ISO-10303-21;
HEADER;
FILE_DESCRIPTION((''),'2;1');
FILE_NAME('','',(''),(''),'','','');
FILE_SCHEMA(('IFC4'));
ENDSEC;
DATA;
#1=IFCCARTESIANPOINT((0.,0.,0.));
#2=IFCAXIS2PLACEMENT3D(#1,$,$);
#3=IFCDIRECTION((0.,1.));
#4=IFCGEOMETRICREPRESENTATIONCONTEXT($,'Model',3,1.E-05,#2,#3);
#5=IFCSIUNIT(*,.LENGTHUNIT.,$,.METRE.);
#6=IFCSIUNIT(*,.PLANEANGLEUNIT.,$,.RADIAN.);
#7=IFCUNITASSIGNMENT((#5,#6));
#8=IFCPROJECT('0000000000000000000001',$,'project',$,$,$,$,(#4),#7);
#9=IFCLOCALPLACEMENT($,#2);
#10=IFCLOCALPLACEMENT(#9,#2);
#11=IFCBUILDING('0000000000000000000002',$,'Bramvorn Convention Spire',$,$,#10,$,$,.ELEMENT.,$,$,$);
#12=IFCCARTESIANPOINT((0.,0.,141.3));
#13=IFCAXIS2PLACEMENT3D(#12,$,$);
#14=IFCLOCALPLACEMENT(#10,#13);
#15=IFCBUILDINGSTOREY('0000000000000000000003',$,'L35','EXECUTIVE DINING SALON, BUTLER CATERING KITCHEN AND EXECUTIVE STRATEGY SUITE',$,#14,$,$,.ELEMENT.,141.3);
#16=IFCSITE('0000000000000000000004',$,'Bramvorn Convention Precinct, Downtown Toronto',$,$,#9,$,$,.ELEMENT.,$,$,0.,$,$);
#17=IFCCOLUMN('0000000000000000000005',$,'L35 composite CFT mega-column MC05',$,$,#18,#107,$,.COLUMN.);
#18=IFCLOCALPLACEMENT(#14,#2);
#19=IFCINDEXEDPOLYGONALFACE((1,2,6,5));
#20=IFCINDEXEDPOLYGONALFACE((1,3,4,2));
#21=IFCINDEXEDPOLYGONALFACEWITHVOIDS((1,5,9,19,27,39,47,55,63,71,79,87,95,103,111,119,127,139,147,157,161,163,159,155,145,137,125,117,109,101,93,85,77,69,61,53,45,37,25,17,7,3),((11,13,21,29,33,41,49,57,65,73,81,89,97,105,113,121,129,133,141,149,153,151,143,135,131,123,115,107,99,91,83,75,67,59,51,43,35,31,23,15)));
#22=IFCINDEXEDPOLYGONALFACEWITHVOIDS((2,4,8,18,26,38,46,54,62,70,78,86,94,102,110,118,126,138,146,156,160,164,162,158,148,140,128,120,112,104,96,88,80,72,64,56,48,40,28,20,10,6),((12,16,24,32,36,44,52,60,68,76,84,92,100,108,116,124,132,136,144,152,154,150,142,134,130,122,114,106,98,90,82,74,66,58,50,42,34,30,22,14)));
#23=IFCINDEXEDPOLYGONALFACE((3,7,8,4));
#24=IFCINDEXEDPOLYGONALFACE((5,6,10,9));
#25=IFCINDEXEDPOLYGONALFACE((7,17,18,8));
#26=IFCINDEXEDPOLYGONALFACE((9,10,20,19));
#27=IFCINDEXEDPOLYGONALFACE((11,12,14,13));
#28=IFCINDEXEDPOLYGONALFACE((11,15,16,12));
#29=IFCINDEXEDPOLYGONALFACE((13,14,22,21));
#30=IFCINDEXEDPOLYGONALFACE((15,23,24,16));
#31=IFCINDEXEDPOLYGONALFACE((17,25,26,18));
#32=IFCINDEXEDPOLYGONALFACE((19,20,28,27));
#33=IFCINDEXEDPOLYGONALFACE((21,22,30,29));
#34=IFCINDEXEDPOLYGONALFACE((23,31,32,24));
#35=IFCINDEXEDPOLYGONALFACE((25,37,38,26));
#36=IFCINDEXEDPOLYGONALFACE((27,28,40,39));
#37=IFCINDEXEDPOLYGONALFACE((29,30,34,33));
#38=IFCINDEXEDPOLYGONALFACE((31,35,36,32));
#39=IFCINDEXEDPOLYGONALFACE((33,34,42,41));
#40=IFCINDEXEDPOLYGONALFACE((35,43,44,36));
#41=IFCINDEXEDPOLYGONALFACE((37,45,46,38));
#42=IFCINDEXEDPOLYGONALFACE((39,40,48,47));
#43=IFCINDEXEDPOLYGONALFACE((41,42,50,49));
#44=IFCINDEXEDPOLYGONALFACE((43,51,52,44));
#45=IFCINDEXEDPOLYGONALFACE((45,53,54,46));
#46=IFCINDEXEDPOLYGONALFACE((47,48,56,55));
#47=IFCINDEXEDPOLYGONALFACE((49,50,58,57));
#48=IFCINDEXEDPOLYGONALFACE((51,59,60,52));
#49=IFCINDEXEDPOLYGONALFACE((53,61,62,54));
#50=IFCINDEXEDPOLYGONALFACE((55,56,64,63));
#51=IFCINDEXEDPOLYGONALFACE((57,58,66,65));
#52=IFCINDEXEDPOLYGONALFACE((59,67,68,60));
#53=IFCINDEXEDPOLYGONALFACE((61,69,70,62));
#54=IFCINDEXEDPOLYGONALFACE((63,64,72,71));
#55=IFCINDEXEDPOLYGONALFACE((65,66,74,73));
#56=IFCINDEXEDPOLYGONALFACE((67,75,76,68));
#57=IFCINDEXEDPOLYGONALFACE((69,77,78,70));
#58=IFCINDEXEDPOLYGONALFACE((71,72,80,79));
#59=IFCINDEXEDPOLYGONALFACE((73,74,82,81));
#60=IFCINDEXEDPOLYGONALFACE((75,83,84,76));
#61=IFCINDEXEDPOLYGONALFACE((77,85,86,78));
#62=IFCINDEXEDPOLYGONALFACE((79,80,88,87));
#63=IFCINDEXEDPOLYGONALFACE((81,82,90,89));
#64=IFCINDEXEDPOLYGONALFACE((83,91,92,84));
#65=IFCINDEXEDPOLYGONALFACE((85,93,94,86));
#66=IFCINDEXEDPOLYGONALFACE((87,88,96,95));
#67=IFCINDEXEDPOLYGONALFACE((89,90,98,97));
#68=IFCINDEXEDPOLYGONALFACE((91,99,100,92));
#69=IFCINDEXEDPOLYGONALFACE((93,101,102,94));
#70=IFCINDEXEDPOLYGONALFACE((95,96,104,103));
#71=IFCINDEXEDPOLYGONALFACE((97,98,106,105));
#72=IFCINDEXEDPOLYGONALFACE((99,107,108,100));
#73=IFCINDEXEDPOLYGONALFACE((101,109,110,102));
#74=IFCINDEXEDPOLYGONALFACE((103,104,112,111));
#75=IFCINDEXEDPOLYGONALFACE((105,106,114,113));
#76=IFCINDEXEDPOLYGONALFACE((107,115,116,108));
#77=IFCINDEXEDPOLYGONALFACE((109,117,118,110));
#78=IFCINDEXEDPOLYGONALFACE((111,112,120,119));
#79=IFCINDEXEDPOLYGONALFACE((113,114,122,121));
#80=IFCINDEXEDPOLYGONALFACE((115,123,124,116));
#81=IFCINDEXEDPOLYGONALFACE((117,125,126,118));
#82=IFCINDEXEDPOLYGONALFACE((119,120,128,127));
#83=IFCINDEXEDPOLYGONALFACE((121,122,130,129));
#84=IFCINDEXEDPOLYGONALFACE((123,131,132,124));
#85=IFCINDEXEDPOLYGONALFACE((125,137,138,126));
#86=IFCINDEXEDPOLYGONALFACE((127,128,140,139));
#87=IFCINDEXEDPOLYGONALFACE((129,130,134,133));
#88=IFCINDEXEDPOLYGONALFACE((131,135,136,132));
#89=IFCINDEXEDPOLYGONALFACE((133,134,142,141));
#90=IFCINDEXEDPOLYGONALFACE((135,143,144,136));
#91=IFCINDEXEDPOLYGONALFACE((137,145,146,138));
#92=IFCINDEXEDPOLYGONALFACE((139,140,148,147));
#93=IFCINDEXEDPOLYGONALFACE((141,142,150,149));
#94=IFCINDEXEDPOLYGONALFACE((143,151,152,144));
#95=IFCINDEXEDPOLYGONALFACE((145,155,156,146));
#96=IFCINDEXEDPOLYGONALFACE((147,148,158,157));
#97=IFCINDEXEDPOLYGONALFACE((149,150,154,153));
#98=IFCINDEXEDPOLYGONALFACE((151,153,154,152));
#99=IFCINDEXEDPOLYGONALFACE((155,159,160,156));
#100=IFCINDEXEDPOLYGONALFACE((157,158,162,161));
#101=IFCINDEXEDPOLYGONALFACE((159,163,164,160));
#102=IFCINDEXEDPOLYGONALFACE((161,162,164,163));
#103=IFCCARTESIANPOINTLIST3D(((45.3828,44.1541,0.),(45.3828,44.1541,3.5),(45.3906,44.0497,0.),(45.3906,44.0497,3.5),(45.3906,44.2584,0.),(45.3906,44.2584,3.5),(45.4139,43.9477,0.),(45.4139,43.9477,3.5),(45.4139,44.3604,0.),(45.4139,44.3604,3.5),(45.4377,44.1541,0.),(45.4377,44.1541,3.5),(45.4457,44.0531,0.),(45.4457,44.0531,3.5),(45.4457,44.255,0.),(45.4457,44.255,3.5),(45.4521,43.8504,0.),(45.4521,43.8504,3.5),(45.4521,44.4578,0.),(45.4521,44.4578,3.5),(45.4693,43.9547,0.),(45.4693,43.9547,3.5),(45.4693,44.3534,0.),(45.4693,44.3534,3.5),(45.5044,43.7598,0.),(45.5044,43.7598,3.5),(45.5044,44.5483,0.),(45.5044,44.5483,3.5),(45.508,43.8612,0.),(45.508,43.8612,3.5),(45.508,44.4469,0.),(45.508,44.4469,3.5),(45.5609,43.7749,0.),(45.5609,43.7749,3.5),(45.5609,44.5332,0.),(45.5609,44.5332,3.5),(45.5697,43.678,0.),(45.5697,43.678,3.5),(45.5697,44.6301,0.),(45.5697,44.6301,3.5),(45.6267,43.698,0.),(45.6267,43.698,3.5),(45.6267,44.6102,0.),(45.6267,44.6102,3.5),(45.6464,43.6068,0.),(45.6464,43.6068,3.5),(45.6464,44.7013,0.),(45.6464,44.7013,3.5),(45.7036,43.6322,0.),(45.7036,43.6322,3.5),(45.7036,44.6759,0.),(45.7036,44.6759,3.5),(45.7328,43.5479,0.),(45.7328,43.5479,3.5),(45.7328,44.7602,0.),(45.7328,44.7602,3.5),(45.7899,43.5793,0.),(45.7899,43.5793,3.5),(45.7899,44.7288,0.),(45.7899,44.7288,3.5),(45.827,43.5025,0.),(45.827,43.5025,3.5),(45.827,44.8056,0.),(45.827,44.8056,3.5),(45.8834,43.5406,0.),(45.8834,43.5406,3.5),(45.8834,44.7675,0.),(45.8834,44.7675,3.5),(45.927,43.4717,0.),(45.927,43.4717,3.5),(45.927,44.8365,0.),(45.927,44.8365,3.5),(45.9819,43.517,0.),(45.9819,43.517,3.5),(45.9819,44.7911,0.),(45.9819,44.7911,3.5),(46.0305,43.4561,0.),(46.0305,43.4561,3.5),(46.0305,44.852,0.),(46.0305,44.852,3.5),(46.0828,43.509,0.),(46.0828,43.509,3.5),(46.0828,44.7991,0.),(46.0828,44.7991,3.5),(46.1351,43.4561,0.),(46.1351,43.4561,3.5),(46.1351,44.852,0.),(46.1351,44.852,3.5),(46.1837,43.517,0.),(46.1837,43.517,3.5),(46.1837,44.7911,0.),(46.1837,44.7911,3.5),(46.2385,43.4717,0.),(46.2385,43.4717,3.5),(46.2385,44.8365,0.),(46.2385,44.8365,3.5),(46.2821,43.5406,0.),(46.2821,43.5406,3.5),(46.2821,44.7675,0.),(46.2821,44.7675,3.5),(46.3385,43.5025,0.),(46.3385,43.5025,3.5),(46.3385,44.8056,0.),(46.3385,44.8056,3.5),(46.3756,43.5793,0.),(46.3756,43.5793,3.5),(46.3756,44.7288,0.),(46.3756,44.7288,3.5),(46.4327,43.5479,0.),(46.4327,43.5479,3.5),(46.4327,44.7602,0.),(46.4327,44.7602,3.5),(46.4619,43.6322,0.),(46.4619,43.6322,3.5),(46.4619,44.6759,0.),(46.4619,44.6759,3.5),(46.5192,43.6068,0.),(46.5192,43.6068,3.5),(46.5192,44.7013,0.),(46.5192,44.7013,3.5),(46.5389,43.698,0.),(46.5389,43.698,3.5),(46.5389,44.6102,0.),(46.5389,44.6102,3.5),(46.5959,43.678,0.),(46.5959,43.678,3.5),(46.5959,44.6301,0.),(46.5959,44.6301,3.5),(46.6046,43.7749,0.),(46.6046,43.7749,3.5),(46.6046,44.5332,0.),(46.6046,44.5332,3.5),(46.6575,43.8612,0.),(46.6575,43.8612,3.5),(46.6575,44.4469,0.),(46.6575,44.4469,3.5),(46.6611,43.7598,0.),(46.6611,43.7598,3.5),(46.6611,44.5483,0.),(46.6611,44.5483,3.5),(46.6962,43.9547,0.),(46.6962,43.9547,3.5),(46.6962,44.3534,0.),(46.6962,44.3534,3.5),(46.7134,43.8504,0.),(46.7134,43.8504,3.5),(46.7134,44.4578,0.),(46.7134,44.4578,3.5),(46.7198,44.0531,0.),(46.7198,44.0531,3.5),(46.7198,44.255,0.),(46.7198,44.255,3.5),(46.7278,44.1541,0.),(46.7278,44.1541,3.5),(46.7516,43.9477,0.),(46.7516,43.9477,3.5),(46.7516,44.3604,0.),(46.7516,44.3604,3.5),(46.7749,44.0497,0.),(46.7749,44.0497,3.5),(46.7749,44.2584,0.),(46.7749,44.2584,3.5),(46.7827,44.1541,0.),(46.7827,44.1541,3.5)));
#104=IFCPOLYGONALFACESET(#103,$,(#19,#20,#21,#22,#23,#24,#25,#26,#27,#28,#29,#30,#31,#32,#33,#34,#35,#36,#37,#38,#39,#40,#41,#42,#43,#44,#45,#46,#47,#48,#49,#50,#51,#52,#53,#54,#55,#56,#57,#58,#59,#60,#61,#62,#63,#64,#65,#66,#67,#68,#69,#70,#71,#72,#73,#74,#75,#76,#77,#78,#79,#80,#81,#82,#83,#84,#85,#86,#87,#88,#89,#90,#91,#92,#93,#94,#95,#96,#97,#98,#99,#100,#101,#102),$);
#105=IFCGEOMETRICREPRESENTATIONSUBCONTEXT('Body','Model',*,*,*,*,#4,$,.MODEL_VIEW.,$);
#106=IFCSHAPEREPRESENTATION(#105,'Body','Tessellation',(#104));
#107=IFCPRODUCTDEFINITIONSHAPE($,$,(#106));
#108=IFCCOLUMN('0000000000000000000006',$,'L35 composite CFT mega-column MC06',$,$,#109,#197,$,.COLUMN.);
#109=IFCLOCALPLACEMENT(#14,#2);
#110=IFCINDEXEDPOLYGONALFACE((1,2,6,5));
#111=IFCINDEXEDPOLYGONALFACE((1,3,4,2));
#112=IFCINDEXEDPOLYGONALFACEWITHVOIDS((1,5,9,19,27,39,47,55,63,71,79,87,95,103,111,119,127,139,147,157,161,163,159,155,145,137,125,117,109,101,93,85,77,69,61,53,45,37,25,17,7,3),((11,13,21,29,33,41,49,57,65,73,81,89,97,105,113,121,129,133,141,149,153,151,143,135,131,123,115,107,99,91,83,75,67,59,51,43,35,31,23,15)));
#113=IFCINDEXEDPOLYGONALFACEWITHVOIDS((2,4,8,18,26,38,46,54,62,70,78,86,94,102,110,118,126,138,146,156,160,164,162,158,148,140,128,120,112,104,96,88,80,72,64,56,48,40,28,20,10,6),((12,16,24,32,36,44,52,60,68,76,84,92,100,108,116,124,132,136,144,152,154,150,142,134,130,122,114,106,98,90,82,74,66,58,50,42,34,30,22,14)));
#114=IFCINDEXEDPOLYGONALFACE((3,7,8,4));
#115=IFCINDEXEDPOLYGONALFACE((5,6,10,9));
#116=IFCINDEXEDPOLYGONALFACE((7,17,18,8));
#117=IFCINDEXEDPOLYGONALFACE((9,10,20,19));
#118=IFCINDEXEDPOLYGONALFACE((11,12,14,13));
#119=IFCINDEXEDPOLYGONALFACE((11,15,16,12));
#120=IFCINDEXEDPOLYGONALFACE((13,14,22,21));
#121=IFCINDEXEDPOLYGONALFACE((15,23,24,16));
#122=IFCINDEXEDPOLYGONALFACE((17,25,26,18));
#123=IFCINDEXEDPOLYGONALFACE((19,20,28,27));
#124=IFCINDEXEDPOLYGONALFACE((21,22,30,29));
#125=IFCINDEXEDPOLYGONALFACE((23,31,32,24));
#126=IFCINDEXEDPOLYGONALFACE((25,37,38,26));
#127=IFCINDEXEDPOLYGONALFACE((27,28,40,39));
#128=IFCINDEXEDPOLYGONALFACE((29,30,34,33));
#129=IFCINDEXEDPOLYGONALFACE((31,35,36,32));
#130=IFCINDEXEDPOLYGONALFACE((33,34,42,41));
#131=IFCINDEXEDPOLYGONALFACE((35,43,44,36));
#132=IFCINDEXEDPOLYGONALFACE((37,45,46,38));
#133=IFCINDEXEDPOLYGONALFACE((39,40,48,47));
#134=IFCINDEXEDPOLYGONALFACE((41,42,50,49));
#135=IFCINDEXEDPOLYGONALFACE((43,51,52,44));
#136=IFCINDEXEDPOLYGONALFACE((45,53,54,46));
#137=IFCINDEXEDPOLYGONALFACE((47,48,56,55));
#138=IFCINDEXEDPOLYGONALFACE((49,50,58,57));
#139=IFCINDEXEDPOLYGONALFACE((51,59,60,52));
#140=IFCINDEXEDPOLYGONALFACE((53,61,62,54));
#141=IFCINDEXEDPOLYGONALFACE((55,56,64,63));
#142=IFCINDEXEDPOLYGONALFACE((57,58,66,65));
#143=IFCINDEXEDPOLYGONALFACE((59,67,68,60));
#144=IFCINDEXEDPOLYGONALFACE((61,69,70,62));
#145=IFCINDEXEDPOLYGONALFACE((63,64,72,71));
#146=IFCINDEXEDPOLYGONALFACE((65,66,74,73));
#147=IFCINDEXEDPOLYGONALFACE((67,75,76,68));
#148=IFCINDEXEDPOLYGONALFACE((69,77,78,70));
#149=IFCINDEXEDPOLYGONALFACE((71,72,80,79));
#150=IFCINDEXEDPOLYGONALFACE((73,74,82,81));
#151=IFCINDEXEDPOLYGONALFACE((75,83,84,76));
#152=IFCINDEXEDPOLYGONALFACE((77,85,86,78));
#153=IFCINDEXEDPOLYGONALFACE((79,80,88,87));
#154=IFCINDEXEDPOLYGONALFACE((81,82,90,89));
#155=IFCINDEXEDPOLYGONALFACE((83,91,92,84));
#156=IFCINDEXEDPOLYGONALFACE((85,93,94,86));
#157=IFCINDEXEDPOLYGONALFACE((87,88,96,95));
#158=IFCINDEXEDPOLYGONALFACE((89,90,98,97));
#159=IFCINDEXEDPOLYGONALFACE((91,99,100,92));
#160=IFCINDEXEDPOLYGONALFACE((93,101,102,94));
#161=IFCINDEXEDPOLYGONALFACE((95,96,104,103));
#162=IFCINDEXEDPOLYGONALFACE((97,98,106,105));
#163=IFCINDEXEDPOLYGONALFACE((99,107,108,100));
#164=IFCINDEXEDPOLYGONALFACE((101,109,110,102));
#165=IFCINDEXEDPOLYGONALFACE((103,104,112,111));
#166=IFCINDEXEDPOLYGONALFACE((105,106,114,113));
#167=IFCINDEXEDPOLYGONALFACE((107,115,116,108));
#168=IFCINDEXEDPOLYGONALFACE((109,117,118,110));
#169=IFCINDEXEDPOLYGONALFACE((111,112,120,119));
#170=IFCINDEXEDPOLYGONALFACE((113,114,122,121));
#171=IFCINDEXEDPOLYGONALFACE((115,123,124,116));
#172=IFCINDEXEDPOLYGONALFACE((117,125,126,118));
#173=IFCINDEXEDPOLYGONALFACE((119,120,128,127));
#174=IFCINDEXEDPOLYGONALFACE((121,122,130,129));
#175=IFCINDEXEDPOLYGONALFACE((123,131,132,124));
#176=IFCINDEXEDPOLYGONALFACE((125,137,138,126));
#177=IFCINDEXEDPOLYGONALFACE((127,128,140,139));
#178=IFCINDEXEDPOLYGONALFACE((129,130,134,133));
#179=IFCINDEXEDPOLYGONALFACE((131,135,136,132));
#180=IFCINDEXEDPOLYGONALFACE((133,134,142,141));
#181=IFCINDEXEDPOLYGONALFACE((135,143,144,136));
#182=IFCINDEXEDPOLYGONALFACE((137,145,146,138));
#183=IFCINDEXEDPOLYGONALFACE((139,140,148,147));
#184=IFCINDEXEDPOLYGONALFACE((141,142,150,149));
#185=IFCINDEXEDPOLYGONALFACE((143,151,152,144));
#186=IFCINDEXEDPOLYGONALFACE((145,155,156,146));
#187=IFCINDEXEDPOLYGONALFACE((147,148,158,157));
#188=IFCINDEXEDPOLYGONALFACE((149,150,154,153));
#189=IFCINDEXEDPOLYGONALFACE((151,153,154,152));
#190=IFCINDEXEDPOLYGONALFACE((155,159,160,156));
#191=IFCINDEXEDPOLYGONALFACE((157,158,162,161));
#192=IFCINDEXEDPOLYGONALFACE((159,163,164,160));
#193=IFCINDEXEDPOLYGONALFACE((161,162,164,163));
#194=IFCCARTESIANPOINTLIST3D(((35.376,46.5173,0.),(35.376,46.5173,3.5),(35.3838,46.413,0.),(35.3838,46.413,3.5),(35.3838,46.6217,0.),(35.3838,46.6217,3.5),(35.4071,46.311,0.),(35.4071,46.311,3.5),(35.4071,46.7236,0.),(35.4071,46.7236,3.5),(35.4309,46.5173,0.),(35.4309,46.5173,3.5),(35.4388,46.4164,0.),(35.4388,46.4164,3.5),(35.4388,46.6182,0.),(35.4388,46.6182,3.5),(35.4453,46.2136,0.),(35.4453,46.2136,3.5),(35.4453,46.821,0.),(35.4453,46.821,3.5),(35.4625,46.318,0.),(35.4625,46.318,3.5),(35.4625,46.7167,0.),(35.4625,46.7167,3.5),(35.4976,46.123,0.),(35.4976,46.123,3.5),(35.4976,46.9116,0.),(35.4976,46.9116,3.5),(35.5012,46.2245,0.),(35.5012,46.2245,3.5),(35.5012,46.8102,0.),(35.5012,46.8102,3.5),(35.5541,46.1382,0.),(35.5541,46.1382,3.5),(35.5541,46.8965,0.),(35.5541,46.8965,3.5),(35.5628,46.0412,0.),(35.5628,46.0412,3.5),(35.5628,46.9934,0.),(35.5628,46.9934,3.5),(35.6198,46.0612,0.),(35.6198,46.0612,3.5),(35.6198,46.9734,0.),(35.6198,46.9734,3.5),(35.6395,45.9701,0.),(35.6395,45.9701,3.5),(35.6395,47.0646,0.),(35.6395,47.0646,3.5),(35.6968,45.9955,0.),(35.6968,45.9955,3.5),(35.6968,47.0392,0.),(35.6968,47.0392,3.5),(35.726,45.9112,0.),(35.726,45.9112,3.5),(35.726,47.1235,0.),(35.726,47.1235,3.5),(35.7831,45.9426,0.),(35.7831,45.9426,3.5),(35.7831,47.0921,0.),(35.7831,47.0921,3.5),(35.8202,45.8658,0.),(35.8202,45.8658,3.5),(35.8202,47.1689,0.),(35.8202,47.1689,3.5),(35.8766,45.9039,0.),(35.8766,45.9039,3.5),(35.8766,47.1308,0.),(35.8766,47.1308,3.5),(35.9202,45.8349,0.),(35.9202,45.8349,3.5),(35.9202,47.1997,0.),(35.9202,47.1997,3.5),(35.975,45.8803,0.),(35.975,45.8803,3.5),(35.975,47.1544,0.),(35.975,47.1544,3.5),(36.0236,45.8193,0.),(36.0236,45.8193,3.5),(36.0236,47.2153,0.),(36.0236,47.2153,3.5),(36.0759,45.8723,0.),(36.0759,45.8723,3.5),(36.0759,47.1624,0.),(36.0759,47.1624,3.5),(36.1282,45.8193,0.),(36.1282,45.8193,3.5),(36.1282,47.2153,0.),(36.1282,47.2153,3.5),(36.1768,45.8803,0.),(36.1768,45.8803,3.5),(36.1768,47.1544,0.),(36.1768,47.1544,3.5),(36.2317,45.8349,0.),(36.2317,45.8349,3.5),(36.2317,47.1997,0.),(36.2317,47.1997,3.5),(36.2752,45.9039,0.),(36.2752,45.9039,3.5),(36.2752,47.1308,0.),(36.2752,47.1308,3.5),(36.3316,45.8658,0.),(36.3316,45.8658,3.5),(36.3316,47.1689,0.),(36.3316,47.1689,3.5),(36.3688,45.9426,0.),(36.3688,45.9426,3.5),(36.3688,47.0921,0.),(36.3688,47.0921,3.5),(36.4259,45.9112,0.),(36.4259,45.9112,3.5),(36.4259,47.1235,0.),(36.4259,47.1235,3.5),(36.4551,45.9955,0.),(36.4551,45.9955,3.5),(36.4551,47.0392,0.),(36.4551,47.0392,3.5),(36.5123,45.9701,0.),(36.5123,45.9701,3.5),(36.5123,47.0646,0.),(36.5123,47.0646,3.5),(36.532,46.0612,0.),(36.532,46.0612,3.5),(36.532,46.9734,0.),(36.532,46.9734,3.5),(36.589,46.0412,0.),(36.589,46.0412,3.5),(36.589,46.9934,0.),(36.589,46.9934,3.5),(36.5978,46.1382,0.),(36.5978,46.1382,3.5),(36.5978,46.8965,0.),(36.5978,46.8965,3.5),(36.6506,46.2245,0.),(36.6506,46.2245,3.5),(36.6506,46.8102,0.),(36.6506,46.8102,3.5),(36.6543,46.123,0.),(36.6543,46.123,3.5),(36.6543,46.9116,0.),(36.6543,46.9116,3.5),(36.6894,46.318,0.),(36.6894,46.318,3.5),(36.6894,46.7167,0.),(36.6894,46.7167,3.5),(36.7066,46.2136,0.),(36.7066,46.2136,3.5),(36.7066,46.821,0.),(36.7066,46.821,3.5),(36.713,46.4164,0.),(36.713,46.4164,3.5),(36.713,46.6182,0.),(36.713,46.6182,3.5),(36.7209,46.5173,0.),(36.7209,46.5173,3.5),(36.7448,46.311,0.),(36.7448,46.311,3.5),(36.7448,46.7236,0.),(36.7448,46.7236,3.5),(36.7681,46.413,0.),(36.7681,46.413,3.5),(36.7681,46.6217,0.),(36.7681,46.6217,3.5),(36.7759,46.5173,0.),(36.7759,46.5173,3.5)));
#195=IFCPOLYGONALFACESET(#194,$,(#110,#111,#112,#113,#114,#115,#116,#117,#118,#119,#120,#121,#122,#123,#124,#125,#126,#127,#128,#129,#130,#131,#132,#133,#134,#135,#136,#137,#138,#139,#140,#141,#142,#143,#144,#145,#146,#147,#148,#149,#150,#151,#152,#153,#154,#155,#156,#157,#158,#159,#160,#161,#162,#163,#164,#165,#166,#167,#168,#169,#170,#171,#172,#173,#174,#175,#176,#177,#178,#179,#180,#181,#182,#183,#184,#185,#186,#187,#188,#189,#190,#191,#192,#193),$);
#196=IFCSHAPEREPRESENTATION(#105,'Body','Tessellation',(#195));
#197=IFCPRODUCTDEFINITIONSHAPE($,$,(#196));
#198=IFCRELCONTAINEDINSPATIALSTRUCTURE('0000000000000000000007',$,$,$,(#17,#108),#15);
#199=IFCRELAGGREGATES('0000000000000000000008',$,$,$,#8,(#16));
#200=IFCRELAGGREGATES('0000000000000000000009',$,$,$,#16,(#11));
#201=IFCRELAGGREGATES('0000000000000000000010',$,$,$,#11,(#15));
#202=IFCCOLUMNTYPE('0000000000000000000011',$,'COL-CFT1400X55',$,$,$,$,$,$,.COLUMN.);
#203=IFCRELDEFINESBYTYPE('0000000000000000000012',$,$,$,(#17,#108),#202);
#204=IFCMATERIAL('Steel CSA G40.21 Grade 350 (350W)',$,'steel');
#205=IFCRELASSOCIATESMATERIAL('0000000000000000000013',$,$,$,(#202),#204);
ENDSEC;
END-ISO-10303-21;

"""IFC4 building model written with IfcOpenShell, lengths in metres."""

from ifc_helpers import new_model, si_unit, direction, frame, origin, origin_2d, place, context, subcontext, project, spatial, hollow_circle, extrude, material, material_profile, profile_set, type_object, element, save


model = new_model("IFC4")

# Units and contexts
model_context = context("Model", 3, precision=1e-05, world=origin(), true_north=direction((0.0, 1.0)))
body_context = subcontext(model_context, "Body", "Model", "MODEL_VIEW")
ifc_project = project(units=[si_unit("LENGTHUNIT", "METRE"), si_unit("PLANEANGLEUNIT", "RADIAN")], contexts=[model_context])

# Site, building, storey
site_placement = place(None, origin())
site = spatial("IfcSite", under=ifc_project, at=site_placement, Name="Bramvorn Convention Precinct, Downtown Toronto", CompositionType="ELEMENT", RefElevation=0.0)
building_placement = place(site_placement, origin())
building = spatial("IfcBuilding", under=site, at=building_placement, Name="Bramvorn Convention Spire", CompositionType="ELEMENT")
storey_placement = place(building_placement, frame((0.0, 0.0, 141.3)))
storey = spatial("IfcBuildingStorey", under=building, at=storey_placement, Name="L35", Description="EXECUTIVE DINING SALON, BUTLER CATERING KITCHEN AND EXECUTIVE STRATEGY SUITE", CompositionType="ELEMENT", Elevation=141.3)

# Columns
ifc_material_1 = material(Name="Steel CSA G40.21 Grade 350 (350W)", Category="steel")
ifc_material_profile_1 = material_profile(ifc_material_1, hollow_circle(Radius=0.7, WallThickness=0.0549, at=origin_2d()))
ifc_profile_set_1 = profile_set([ifc_material_profile_1], Name="Steel CSA G40.21 Grade 350 (350W) - CFT1400X55")
column_type = type_object("IfcColumnType", Name="COL-CFT1400X55", PredefinedType="COLUMN", material=ifc_profile_set_1)
for number, where, z_axis, x_axis, name in (
    (1, (46.0828, 44.1541, 0.0), (0.0, 0.0, 1.0), (1.0, 0.0, 0.0), "L35 composite CFT mega-column MC05"),
    (2, (36.0759, 46.5173, 0.0), (0.0, 0.0, 1.0), (1.0, 0.0, 0.0), "L35 composite CFT mega-column MC06"),
):
    element("IfcColumn", number, at=place(storey_placement, frame(where, z_axis=z_axis, x_axis=x_axis)), inside=storey, type_object=column_type, Name=name, PredefinedType="COLUMN", context=body_context, shape_type="SweptSolid", body=[
        extrude(hollow_circle(Radius=0.7, WallThickness=0.0549, at=origin_2d()), origin(), (0.0, 0.0, 1.0), 3.5),
    ])

save(model, "model.ifc")
